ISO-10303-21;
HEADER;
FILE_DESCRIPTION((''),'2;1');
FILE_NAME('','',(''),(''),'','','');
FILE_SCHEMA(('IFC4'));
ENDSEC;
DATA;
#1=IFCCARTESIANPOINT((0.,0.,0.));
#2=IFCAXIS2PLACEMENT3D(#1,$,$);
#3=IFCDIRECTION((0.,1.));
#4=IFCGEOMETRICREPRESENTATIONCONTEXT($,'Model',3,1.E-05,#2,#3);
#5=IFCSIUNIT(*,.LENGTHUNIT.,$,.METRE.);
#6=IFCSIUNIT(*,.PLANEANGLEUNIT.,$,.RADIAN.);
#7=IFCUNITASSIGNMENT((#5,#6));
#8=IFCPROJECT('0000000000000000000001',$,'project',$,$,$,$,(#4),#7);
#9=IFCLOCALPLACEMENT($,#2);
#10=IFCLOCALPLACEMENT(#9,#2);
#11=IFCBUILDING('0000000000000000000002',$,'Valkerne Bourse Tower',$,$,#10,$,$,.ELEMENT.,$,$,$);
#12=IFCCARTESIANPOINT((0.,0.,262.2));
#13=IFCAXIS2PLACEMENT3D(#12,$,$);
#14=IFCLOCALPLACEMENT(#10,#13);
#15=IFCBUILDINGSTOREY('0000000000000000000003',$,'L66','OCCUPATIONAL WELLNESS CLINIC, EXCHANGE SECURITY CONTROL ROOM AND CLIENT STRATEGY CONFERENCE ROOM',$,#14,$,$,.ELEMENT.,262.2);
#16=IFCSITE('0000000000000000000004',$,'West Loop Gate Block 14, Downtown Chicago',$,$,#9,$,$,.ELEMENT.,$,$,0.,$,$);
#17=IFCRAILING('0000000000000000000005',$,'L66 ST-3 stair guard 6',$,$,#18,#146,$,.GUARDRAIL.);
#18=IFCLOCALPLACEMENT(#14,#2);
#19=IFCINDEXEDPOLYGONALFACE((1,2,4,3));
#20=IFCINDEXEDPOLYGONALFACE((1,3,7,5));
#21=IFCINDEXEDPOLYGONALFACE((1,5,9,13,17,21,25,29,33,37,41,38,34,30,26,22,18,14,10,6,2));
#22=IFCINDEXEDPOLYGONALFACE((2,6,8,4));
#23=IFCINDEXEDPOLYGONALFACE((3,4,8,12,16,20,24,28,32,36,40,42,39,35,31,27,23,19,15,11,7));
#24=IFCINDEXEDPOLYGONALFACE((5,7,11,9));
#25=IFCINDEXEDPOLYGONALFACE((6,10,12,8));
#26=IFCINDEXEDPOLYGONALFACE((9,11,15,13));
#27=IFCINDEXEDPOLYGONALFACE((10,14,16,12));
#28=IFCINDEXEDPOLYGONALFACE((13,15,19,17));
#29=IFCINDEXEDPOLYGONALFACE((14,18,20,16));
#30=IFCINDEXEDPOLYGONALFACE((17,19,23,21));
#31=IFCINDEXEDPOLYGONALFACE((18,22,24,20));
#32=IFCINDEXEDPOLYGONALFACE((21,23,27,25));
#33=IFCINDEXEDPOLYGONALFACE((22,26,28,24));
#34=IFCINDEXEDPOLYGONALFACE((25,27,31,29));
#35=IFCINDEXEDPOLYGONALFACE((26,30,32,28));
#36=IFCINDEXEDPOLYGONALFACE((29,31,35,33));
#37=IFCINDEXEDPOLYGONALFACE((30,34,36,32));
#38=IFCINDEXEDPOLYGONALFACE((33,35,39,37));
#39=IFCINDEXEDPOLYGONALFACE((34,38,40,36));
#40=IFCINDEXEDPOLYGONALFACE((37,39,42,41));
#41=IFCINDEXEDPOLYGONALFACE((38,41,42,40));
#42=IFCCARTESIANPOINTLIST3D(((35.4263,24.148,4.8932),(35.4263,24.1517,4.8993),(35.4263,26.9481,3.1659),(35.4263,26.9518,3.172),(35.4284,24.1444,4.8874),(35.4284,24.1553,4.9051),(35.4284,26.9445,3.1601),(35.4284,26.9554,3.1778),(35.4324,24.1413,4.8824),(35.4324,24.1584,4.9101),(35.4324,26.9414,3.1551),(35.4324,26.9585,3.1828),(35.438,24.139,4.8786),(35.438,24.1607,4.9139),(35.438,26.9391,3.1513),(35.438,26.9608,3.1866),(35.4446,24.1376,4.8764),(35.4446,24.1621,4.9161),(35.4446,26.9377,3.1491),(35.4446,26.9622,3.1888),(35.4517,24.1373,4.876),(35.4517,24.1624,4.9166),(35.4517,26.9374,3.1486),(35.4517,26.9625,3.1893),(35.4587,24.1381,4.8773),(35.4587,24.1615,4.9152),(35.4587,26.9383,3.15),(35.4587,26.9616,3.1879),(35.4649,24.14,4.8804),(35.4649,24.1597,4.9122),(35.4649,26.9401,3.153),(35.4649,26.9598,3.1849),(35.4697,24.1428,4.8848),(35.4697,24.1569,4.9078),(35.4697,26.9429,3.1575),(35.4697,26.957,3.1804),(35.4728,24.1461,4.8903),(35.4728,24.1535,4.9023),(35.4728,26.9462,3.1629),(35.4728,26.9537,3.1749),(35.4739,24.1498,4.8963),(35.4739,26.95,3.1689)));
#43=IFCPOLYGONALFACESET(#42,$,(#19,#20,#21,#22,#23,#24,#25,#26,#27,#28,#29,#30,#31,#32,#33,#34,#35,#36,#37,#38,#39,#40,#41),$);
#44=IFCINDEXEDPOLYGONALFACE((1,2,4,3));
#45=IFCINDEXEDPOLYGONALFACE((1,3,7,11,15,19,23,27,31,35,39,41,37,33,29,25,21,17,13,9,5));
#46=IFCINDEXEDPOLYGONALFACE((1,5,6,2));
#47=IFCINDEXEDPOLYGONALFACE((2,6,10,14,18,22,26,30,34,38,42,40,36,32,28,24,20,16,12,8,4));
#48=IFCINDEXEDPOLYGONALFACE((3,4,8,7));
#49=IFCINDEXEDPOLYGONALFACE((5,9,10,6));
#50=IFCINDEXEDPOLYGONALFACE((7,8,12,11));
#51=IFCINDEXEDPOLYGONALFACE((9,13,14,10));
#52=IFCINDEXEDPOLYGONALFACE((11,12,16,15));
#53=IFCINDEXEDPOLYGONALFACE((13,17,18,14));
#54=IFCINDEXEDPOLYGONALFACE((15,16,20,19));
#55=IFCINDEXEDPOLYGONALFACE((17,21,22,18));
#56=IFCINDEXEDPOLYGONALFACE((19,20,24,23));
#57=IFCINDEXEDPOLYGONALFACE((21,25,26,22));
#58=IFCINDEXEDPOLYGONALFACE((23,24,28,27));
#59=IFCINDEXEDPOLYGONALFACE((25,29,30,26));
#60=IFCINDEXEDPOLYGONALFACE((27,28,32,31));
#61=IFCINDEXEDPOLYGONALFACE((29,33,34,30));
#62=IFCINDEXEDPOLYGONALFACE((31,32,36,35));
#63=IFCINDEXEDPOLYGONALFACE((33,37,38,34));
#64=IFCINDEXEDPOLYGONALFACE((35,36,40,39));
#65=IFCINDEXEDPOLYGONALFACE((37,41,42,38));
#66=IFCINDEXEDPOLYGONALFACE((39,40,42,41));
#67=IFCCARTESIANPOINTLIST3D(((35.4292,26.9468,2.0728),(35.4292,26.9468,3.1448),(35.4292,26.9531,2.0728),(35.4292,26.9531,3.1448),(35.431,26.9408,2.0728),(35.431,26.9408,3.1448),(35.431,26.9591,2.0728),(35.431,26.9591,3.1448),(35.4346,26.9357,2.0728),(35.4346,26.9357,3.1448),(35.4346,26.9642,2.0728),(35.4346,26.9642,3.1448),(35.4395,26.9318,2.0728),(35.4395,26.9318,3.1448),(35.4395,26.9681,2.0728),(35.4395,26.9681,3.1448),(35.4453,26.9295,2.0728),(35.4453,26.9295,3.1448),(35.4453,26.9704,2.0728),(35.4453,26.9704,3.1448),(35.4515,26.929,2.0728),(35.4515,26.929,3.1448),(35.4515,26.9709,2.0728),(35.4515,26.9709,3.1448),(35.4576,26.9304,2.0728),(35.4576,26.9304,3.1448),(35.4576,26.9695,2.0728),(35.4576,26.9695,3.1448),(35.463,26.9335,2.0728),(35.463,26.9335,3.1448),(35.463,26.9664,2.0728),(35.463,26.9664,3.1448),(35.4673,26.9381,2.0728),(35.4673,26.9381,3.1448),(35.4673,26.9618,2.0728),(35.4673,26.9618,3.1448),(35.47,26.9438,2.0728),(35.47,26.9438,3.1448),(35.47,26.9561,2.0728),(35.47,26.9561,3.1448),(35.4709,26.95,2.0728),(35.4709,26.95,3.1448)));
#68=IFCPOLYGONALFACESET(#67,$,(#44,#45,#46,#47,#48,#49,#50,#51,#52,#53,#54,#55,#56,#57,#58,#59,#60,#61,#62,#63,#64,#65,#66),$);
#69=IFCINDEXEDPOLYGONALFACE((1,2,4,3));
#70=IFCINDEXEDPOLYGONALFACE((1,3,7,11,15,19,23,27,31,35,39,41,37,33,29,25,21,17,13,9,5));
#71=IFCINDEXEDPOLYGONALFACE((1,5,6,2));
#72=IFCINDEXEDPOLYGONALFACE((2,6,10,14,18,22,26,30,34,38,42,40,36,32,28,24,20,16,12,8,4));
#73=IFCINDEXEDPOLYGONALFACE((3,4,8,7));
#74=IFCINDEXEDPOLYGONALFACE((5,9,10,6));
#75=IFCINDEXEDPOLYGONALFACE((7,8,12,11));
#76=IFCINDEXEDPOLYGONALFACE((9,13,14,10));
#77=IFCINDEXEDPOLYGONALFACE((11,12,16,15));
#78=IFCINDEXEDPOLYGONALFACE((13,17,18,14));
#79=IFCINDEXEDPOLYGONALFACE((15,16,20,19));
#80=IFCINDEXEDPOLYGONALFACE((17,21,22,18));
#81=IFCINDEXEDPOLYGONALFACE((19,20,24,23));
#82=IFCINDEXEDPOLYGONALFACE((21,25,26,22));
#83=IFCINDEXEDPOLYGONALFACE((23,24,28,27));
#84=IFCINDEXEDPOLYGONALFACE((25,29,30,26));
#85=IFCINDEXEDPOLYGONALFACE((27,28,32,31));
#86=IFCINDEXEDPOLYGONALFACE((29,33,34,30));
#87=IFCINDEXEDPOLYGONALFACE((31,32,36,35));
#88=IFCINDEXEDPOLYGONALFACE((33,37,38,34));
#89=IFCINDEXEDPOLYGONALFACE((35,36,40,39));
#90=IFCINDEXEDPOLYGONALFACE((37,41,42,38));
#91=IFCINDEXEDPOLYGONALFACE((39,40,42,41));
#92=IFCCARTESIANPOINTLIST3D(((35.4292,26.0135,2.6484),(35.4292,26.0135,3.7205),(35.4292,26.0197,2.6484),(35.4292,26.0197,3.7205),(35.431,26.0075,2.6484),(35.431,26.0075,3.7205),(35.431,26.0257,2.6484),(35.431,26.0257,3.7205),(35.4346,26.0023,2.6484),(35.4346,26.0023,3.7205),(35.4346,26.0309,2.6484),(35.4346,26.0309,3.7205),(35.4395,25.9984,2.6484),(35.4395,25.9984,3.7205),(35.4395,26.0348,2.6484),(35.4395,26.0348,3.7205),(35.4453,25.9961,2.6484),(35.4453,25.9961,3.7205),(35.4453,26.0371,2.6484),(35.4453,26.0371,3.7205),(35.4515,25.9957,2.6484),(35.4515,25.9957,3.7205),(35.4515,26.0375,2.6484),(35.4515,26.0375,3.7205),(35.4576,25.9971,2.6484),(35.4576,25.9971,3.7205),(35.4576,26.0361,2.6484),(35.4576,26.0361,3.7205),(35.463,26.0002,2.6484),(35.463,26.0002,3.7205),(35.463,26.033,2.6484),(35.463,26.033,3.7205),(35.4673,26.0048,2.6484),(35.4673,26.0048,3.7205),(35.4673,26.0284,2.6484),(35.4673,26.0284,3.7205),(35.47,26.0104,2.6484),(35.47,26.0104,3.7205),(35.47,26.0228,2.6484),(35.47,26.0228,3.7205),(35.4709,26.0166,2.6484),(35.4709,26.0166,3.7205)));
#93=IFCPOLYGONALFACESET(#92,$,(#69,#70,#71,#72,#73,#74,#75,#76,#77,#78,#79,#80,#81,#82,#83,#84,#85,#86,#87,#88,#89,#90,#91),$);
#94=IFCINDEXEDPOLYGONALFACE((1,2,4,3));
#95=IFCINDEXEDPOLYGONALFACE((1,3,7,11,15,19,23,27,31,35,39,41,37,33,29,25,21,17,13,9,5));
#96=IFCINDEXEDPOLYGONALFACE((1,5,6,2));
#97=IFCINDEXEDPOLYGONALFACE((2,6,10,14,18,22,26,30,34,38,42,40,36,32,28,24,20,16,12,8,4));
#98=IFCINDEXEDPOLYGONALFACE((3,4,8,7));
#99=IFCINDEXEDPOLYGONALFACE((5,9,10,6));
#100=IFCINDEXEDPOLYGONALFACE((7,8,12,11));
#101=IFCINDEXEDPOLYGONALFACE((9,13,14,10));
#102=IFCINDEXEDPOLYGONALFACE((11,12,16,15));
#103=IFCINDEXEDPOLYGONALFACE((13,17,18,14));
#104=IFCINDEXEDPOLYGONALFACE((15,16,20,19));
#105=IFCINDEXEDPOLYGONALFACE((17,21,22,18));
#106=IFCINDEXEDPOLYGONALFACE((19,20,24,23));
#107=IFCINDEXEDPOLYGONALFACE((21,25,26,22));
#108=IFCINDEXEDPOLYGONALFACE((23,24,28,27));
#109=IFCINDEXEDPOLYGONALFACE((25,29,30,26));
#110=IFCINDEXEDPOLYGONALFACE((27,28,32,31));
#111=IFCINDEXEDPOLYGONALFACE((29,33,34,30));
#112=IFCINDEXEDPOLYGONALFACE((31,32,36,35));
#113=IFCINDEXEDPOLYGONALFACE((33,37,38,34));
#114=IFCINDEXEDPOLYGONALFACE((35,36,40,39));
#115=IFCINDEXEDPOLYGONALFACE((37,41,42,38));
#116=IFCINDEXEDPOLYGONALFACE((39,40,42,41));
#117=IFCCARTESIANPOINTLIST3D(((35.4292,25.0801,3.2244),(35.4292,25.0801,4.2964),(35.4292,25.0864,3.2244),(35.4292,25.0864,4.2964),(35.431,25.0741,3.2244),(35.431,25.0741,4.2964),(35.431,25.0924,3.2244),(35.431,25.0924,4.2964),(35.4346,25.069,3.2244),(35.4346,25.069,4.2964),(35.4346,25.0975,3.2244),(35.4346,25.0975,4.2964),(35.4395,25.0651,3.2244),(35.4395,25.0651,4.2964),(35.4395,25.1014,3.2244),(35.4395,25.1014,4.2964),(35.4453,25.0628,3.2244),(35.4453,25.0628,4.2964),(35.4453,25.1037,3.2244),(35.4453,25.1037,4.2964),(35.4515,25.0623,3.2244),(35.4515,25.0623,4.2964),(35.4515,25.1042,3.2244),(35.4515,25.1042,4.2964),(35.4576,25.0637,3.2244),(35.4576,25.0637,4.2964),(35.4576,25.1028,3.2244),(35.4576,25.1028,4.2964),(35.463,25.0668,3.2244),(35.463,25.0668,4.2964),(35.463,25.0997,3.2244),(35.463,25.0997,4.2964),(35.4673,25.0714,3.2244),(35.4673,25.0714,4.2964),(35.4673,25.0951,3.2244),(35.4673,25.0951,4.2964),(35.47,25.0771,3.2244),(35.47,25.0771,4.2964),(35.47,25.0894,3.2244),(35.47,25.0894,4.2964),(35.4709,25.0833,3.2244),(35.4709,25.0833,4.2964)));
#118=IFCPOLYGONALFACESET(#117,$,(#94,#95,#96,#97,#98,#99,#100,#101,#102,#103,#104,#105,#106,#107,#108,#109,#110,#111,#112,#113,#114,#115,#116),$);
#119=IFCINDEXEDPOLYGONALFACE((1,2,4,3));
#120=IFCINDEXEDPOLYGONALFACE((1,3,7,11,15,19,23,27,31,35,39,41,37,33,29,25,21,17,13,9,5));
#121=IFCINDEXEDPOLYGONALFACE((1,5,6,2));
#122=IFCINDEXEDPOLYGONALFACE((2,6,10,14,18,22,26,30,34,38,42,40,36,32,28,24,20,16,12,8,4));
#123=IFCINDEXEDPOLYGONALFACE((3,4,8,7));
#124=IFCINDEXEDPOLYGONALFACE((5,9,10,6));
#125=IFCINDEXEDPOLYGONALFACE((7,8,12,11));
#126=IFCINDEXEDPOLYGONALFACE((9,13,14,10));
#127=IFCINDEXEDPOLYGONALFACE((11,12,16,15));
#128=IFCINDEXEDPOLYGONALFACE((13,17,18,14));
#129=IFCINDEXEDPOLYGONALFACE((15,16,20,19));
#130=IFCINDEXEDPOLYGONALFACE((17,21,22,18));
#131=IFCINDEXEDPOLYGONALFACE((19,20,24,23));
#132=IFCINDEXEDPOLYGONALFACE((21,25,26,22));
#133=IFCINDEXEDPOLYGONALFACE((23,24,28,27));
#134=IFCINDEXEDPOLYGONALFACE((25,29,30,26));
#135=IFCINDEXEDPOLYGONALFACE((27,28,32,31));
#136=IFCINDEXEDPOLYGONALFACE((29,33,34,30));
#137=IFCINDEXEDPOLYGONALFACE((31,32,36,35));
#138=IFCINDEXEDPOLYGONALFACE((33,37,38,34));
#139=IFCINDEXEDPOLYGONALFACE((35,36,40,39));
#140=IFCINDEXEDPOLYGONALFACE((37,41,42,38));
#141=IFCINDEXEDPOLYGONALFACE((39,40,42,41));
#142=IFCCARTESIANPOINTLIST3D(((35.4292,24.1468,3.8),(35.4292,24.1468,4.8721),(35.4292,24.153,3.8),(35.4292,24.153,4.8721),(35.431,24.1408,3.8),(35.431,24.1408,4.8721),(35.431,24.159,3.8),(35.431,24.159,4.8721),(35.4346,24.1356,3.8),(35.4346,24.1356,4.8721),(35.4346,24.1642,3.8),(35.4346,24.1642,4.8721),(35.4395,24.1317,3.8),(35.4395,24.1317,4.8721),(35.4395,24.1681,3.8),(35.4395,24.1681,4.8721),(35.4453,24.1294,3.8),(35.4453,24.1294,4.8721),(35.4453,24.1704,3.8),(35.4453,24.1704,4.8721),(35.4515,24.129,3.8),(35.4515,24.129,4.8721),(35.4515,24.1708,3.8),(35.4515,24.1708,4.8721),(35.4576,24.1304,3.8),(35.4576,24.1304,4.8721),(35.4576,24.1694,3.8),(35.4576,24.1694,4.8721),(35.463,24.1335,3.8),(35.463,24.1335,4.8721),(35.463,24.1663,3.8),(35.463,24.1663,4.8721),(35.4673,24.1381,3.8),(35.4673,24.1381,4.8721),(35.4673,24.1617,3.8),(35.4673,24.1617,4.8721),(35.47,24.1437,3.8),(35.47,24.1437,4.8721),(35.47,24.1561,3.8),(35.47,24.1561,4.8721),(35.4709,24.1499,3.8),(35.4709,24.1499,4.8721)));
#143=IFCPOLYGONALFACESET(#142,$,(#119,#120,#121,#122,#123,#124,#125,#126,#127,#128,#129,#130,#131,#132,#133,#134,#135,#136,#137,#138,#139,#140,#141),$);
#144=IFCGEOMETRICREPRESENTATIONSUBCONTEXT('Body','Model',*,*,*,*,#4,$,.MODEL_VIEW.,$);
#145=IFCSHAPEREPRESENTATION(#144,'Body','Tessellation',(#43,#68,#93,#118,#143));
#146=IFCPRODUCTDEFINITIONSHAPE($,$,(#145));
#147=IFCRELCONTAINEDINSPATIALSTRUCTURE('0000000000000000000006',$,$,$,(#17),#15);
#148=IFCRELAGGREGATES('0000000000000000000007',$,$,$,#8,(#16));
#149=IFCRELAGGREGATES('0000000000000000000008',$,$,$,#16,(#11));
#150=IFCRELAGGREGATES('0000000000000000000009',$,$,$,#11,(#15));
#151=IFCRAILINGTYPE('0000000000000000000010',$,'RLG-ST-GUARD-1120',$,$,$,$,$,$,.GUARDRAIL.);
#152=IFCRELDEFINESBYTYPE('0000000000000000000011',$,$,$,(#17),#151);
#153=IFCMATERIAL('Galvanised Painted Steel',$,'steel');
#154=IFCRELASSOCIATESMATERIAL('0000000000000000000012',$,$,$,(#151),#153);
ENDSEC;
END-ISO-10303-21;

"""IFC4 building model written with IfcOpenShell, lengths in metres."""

from ifc_helpers import new_model, si_unit, direction, frame, origin, origin_2d, place, context, subcontext, project, spatial, circle, extrude, material, type_object, element, save


model = new_model("IFC4")

# Units and contexts
model_context = context("Model", 3, precision=1e-05, world=origin(), true_north=direction((0.0, 1.0)))
body_context = subcontext(model_context, "Body", "Model", "MODEL_VIEW")
ifc_project = project(units=[si_unit("LENGTHUNIT", "METRE"), si_unit("PLANEANGLEUNIT", "RADIAN")], contexts=[model_context])

# Site, building, storey
site_placement = place(None, origin())
site = spatial("IfcSite", under=ifc_project, at=site_placement, Name="West Loop Gate Block 14, Downtown Chicago", CompositionType="ELEMENT", RefElevation=0.0)
building_placement = place(site_placement, origin())
building = spatial("IfcBuilding", under=site, at=building_placement, Name="Valkerne Bourse Tower", CompositionType="ELEMENT")
storey_placement = place(building_placement, frame((0.0, 0.0, 262.2)))
storey = spatial("IfcBuildingStorey", under=building, at=storey_placement, Name="L66", Description="OCCUPATIONAL WELLNESS CLINIC, EXCHANGE SECURITY CONTROL ROOM AND CLIENT STRATEGY CONFERENCE ROOM", CompositionType="ELEMENT", Elevation=262.2)

# Railing
ifc_material_1 = material(Name="Galvanised Painted Steel", Category="steel")
railing_type_1 = type_object("IfcRailingType", Name="RLG-ST-GUARD-1120", PredefinedType="GUARDRAIL", material=ifc_material_1)
railing_1_placement = place(storey_placement, frame((35.45, 26.95, 2.0728)))
element("IfcRailing", 1, at=railing_1_placement, inside=storey, type_object=railing_type_1, Name="L66 ST-3 stair guard 6", PredefinedType="GUARDRAIL", context=body_context, shape_type="SweptSolid", body=[
    extrude(circle(Radius=0.0239, at=origin_2d()), frame((0.0, 0.0, 1.0962), z_axis=(0.0, -0.85109, 0.52502), x_axis=(1.0, 0.0, 0.0)), (0.0, 0.0, 1.0), 3.29),
    extrude(circle(Radius=0.021, at=origin_2d()), origin(), (0.0, 0.0, 1.0), 1.072),
    extrude(circle(Radius=0.021, at=origin_2d()), frame((0.0, -0.9333, 0.5757)), (0.0, 0.0, 1.0), 1.072),
    extrude(circle(Radius=0.021, at=origin_2d()), frame((0.0, -1.8667, 1.1516)), (0.0, 0.0, 1.0), 1.072),
    extrude(circle(Radius=0.021, at=origin_2d()), frame((0.0, -2.8, 1.7273)), (0.0, 0.0, 1.0), 1.072),
])

save(model, "model.ifc")
